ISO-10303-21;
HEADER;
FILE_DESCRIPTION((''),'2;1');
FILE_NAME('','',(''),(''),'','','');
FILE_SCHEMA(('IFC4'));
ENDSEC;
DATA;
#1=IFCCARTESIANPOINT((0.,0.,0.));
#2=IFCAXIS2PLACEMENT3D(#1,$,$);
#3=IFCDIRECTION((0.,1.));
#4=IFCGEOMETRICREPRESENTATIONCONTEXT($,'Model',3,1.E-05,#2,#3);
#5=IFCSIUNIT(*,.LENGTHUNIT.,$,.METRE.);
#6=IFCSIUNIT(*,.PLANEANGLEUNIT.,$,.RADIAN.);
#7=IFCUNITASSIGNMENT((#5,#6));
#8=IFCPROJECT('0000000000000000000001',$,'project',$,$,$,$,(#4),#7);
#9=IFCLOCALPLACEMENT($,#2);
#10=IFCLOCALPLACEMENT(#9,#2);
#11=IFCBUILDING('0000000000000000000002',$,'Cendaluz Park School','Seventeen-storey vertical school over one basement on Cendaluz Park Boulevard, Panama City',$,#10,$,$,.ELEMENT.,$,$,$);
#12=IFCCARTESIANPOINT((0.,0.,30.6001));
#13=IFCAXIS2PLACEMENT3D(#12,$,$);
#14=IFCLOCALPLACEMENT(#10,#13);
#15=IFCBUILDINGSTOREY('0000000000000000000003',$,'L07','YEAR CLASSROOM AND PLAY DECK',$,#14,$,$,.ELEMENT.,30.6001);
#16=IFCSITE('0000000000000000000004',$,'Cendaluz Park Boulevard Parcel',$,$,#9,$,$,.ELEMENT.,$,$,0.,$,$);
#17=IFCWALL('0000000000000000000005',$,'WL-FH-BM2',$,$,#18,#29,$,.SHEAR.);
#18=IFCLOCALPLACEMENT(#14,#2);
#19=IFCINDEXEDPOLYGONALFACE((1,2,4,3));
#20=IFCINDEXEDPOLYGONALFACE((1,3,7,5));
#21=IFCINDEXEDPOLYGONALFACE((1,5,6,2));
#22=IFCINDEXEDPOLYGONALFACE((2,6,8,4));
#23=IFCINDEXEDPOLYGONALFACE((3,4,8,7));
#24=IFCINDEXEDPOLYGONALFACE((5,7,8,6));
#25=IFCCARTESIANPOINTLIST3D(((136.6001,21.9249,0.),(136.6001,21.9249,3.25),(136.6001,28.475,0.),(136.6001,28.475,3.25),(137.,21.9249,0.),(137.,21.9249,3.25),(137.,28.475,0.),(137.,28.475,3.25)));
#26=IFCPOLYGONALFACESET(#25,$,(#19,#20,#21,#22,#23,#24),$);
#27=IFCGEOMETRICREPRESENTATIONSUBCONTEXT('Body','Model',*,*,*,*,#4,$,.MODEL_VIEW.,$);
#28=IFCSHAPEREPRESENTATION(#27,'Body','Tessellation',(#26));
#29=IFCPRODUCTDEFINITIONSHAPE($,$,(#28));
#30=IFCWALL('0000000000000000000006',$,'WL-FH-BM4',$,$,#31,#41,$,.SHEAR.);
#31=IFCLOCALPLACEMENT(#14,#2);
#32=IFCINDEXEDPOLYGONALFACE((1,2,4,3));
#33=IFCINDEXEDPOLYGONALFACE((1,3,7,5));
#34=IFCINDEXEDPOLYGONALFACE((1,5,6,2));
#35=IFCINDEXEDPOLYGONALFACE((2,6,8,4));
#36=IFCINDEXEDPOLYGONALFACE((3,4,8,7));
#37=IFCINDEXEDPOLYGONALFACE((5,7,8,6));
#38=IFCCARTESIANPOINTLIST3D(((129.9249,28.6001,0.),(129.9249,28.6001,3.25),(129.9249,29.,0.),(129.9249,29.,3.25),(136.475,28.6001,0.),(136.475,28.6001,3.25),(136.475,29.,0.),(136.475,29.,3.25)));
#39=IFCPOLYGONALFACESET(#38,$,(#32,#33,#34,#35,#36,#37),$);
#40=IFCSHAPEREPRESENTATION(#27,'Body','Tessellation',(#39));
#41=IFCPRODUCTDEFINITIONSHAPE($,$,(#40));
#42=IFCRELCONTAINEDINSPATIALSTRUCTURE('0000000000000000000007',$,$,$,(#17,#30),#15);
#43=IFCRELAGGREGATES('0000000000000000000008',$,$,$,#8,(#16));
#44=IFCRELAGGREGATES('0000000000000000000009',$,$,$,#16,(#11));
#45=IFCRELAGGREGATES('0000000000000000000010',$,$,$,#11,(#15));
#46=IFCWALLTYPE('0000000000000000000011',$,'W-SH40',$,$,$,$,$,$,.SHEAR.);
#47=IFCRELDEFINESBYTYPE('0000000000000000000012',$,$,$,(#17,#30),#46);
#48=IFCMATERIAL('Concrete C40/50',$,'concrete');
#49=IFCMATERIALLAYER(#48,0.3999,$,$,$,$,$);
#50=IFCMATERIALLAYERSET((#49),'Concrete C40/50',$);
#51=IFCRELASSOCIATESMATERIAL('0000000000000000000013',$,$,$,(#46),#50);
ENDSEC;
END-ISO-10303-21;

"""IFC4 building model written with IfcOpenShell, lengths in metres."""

from ifc_helpers import new_model, si_unit, direction, frame, frame_2d, origin, place, context, subcontext, project, spatial, rectangle, extrude, material, layer, layer_set, type_object, element, save


model = new_model("IFC4")

# Units and contexts
model_context = context("Model", 3, precision=1e-05, world=origin(), true_north=direction((0.0, 1.0)))
body_context = subcontext(model_context, "Body", "Model", "MODEL_VIEW")
ifc_project = project(units=[si_unit("LENGTHUNIT", "METRE"), si_unit("PLANEANGLEUNIT", "RADIAN")], contexts=[model_context])

# Site, building, storey
site_placement = place(None, origin())
site = spatial("IfcSite", under=ifc_project, at=site_placement, Name="Cendaluz Park Boulevard Parcel", CompositionType="ELEMENT", RefElevation=0.0)
building_placement = place(site_placement, origin())
building = spatial("IfcBuilding", under=site, at=building_placement, Name="Cendaluz Park School", Description="Seventeen-storey vertical school over one basement on Cendaluz Park Boulevard, Panama City", CompositionType="ELEMENT")
storey_placement = place(building_placement, frame((0.0, 0.0, 30.6001)))
storey = spatial("IfcBuildingStorey", under=building, at=storey_placement, Name="L07", Description="YEAR CLASSROOM AND PLAY DECK", CompositionType="ELEMENT", Elevation=30.6001)

# Shared definitions
ifc_material_1 = material(Name="Concrete C40/50", Category="concrete")

# Walls
ifc_layer_1 = layer(ifc_material_1, 0.3999)
ifc_layer_set_1 = layer_set([ifc_layer_1], Name="Concrete C40/50")
wall_type_1 = type_object("IfcWallType", Name="W-SH40", PredefinedType="SHEAR", material=ifc_layer_set_1)
for number, where, z_axis, x_axis, name in (
    (1, (136.8, 21.925, 0.0), (0.0, 0.0, 1.0), (0.0, 1.0, 0.0), "WL-FH-BM2"),
    (2, (129.925, 28.8, 0.0), (0.0, 0.0, 1.0), (1.0, 0.0, 0.0), "WL-FH-BM4"),
):
    element("IfcWall", number, at=place(storey_placement, frame(where, z_axis=z_axis, x_axis=x_axis)), inside=storey, type_object=wall_type_1, Name=name, PredefinedType="SHEAR", context=body_context, shape_type="SweptSolid", body=[
        extrude(rectangle(XDim=6.55, YDim=0.3999, at=frame_2d((3.2749, 0.0))), origin(), (0.0, 0.0, 1.0), 3.25),
    ])

save(model, "model.ifc")
